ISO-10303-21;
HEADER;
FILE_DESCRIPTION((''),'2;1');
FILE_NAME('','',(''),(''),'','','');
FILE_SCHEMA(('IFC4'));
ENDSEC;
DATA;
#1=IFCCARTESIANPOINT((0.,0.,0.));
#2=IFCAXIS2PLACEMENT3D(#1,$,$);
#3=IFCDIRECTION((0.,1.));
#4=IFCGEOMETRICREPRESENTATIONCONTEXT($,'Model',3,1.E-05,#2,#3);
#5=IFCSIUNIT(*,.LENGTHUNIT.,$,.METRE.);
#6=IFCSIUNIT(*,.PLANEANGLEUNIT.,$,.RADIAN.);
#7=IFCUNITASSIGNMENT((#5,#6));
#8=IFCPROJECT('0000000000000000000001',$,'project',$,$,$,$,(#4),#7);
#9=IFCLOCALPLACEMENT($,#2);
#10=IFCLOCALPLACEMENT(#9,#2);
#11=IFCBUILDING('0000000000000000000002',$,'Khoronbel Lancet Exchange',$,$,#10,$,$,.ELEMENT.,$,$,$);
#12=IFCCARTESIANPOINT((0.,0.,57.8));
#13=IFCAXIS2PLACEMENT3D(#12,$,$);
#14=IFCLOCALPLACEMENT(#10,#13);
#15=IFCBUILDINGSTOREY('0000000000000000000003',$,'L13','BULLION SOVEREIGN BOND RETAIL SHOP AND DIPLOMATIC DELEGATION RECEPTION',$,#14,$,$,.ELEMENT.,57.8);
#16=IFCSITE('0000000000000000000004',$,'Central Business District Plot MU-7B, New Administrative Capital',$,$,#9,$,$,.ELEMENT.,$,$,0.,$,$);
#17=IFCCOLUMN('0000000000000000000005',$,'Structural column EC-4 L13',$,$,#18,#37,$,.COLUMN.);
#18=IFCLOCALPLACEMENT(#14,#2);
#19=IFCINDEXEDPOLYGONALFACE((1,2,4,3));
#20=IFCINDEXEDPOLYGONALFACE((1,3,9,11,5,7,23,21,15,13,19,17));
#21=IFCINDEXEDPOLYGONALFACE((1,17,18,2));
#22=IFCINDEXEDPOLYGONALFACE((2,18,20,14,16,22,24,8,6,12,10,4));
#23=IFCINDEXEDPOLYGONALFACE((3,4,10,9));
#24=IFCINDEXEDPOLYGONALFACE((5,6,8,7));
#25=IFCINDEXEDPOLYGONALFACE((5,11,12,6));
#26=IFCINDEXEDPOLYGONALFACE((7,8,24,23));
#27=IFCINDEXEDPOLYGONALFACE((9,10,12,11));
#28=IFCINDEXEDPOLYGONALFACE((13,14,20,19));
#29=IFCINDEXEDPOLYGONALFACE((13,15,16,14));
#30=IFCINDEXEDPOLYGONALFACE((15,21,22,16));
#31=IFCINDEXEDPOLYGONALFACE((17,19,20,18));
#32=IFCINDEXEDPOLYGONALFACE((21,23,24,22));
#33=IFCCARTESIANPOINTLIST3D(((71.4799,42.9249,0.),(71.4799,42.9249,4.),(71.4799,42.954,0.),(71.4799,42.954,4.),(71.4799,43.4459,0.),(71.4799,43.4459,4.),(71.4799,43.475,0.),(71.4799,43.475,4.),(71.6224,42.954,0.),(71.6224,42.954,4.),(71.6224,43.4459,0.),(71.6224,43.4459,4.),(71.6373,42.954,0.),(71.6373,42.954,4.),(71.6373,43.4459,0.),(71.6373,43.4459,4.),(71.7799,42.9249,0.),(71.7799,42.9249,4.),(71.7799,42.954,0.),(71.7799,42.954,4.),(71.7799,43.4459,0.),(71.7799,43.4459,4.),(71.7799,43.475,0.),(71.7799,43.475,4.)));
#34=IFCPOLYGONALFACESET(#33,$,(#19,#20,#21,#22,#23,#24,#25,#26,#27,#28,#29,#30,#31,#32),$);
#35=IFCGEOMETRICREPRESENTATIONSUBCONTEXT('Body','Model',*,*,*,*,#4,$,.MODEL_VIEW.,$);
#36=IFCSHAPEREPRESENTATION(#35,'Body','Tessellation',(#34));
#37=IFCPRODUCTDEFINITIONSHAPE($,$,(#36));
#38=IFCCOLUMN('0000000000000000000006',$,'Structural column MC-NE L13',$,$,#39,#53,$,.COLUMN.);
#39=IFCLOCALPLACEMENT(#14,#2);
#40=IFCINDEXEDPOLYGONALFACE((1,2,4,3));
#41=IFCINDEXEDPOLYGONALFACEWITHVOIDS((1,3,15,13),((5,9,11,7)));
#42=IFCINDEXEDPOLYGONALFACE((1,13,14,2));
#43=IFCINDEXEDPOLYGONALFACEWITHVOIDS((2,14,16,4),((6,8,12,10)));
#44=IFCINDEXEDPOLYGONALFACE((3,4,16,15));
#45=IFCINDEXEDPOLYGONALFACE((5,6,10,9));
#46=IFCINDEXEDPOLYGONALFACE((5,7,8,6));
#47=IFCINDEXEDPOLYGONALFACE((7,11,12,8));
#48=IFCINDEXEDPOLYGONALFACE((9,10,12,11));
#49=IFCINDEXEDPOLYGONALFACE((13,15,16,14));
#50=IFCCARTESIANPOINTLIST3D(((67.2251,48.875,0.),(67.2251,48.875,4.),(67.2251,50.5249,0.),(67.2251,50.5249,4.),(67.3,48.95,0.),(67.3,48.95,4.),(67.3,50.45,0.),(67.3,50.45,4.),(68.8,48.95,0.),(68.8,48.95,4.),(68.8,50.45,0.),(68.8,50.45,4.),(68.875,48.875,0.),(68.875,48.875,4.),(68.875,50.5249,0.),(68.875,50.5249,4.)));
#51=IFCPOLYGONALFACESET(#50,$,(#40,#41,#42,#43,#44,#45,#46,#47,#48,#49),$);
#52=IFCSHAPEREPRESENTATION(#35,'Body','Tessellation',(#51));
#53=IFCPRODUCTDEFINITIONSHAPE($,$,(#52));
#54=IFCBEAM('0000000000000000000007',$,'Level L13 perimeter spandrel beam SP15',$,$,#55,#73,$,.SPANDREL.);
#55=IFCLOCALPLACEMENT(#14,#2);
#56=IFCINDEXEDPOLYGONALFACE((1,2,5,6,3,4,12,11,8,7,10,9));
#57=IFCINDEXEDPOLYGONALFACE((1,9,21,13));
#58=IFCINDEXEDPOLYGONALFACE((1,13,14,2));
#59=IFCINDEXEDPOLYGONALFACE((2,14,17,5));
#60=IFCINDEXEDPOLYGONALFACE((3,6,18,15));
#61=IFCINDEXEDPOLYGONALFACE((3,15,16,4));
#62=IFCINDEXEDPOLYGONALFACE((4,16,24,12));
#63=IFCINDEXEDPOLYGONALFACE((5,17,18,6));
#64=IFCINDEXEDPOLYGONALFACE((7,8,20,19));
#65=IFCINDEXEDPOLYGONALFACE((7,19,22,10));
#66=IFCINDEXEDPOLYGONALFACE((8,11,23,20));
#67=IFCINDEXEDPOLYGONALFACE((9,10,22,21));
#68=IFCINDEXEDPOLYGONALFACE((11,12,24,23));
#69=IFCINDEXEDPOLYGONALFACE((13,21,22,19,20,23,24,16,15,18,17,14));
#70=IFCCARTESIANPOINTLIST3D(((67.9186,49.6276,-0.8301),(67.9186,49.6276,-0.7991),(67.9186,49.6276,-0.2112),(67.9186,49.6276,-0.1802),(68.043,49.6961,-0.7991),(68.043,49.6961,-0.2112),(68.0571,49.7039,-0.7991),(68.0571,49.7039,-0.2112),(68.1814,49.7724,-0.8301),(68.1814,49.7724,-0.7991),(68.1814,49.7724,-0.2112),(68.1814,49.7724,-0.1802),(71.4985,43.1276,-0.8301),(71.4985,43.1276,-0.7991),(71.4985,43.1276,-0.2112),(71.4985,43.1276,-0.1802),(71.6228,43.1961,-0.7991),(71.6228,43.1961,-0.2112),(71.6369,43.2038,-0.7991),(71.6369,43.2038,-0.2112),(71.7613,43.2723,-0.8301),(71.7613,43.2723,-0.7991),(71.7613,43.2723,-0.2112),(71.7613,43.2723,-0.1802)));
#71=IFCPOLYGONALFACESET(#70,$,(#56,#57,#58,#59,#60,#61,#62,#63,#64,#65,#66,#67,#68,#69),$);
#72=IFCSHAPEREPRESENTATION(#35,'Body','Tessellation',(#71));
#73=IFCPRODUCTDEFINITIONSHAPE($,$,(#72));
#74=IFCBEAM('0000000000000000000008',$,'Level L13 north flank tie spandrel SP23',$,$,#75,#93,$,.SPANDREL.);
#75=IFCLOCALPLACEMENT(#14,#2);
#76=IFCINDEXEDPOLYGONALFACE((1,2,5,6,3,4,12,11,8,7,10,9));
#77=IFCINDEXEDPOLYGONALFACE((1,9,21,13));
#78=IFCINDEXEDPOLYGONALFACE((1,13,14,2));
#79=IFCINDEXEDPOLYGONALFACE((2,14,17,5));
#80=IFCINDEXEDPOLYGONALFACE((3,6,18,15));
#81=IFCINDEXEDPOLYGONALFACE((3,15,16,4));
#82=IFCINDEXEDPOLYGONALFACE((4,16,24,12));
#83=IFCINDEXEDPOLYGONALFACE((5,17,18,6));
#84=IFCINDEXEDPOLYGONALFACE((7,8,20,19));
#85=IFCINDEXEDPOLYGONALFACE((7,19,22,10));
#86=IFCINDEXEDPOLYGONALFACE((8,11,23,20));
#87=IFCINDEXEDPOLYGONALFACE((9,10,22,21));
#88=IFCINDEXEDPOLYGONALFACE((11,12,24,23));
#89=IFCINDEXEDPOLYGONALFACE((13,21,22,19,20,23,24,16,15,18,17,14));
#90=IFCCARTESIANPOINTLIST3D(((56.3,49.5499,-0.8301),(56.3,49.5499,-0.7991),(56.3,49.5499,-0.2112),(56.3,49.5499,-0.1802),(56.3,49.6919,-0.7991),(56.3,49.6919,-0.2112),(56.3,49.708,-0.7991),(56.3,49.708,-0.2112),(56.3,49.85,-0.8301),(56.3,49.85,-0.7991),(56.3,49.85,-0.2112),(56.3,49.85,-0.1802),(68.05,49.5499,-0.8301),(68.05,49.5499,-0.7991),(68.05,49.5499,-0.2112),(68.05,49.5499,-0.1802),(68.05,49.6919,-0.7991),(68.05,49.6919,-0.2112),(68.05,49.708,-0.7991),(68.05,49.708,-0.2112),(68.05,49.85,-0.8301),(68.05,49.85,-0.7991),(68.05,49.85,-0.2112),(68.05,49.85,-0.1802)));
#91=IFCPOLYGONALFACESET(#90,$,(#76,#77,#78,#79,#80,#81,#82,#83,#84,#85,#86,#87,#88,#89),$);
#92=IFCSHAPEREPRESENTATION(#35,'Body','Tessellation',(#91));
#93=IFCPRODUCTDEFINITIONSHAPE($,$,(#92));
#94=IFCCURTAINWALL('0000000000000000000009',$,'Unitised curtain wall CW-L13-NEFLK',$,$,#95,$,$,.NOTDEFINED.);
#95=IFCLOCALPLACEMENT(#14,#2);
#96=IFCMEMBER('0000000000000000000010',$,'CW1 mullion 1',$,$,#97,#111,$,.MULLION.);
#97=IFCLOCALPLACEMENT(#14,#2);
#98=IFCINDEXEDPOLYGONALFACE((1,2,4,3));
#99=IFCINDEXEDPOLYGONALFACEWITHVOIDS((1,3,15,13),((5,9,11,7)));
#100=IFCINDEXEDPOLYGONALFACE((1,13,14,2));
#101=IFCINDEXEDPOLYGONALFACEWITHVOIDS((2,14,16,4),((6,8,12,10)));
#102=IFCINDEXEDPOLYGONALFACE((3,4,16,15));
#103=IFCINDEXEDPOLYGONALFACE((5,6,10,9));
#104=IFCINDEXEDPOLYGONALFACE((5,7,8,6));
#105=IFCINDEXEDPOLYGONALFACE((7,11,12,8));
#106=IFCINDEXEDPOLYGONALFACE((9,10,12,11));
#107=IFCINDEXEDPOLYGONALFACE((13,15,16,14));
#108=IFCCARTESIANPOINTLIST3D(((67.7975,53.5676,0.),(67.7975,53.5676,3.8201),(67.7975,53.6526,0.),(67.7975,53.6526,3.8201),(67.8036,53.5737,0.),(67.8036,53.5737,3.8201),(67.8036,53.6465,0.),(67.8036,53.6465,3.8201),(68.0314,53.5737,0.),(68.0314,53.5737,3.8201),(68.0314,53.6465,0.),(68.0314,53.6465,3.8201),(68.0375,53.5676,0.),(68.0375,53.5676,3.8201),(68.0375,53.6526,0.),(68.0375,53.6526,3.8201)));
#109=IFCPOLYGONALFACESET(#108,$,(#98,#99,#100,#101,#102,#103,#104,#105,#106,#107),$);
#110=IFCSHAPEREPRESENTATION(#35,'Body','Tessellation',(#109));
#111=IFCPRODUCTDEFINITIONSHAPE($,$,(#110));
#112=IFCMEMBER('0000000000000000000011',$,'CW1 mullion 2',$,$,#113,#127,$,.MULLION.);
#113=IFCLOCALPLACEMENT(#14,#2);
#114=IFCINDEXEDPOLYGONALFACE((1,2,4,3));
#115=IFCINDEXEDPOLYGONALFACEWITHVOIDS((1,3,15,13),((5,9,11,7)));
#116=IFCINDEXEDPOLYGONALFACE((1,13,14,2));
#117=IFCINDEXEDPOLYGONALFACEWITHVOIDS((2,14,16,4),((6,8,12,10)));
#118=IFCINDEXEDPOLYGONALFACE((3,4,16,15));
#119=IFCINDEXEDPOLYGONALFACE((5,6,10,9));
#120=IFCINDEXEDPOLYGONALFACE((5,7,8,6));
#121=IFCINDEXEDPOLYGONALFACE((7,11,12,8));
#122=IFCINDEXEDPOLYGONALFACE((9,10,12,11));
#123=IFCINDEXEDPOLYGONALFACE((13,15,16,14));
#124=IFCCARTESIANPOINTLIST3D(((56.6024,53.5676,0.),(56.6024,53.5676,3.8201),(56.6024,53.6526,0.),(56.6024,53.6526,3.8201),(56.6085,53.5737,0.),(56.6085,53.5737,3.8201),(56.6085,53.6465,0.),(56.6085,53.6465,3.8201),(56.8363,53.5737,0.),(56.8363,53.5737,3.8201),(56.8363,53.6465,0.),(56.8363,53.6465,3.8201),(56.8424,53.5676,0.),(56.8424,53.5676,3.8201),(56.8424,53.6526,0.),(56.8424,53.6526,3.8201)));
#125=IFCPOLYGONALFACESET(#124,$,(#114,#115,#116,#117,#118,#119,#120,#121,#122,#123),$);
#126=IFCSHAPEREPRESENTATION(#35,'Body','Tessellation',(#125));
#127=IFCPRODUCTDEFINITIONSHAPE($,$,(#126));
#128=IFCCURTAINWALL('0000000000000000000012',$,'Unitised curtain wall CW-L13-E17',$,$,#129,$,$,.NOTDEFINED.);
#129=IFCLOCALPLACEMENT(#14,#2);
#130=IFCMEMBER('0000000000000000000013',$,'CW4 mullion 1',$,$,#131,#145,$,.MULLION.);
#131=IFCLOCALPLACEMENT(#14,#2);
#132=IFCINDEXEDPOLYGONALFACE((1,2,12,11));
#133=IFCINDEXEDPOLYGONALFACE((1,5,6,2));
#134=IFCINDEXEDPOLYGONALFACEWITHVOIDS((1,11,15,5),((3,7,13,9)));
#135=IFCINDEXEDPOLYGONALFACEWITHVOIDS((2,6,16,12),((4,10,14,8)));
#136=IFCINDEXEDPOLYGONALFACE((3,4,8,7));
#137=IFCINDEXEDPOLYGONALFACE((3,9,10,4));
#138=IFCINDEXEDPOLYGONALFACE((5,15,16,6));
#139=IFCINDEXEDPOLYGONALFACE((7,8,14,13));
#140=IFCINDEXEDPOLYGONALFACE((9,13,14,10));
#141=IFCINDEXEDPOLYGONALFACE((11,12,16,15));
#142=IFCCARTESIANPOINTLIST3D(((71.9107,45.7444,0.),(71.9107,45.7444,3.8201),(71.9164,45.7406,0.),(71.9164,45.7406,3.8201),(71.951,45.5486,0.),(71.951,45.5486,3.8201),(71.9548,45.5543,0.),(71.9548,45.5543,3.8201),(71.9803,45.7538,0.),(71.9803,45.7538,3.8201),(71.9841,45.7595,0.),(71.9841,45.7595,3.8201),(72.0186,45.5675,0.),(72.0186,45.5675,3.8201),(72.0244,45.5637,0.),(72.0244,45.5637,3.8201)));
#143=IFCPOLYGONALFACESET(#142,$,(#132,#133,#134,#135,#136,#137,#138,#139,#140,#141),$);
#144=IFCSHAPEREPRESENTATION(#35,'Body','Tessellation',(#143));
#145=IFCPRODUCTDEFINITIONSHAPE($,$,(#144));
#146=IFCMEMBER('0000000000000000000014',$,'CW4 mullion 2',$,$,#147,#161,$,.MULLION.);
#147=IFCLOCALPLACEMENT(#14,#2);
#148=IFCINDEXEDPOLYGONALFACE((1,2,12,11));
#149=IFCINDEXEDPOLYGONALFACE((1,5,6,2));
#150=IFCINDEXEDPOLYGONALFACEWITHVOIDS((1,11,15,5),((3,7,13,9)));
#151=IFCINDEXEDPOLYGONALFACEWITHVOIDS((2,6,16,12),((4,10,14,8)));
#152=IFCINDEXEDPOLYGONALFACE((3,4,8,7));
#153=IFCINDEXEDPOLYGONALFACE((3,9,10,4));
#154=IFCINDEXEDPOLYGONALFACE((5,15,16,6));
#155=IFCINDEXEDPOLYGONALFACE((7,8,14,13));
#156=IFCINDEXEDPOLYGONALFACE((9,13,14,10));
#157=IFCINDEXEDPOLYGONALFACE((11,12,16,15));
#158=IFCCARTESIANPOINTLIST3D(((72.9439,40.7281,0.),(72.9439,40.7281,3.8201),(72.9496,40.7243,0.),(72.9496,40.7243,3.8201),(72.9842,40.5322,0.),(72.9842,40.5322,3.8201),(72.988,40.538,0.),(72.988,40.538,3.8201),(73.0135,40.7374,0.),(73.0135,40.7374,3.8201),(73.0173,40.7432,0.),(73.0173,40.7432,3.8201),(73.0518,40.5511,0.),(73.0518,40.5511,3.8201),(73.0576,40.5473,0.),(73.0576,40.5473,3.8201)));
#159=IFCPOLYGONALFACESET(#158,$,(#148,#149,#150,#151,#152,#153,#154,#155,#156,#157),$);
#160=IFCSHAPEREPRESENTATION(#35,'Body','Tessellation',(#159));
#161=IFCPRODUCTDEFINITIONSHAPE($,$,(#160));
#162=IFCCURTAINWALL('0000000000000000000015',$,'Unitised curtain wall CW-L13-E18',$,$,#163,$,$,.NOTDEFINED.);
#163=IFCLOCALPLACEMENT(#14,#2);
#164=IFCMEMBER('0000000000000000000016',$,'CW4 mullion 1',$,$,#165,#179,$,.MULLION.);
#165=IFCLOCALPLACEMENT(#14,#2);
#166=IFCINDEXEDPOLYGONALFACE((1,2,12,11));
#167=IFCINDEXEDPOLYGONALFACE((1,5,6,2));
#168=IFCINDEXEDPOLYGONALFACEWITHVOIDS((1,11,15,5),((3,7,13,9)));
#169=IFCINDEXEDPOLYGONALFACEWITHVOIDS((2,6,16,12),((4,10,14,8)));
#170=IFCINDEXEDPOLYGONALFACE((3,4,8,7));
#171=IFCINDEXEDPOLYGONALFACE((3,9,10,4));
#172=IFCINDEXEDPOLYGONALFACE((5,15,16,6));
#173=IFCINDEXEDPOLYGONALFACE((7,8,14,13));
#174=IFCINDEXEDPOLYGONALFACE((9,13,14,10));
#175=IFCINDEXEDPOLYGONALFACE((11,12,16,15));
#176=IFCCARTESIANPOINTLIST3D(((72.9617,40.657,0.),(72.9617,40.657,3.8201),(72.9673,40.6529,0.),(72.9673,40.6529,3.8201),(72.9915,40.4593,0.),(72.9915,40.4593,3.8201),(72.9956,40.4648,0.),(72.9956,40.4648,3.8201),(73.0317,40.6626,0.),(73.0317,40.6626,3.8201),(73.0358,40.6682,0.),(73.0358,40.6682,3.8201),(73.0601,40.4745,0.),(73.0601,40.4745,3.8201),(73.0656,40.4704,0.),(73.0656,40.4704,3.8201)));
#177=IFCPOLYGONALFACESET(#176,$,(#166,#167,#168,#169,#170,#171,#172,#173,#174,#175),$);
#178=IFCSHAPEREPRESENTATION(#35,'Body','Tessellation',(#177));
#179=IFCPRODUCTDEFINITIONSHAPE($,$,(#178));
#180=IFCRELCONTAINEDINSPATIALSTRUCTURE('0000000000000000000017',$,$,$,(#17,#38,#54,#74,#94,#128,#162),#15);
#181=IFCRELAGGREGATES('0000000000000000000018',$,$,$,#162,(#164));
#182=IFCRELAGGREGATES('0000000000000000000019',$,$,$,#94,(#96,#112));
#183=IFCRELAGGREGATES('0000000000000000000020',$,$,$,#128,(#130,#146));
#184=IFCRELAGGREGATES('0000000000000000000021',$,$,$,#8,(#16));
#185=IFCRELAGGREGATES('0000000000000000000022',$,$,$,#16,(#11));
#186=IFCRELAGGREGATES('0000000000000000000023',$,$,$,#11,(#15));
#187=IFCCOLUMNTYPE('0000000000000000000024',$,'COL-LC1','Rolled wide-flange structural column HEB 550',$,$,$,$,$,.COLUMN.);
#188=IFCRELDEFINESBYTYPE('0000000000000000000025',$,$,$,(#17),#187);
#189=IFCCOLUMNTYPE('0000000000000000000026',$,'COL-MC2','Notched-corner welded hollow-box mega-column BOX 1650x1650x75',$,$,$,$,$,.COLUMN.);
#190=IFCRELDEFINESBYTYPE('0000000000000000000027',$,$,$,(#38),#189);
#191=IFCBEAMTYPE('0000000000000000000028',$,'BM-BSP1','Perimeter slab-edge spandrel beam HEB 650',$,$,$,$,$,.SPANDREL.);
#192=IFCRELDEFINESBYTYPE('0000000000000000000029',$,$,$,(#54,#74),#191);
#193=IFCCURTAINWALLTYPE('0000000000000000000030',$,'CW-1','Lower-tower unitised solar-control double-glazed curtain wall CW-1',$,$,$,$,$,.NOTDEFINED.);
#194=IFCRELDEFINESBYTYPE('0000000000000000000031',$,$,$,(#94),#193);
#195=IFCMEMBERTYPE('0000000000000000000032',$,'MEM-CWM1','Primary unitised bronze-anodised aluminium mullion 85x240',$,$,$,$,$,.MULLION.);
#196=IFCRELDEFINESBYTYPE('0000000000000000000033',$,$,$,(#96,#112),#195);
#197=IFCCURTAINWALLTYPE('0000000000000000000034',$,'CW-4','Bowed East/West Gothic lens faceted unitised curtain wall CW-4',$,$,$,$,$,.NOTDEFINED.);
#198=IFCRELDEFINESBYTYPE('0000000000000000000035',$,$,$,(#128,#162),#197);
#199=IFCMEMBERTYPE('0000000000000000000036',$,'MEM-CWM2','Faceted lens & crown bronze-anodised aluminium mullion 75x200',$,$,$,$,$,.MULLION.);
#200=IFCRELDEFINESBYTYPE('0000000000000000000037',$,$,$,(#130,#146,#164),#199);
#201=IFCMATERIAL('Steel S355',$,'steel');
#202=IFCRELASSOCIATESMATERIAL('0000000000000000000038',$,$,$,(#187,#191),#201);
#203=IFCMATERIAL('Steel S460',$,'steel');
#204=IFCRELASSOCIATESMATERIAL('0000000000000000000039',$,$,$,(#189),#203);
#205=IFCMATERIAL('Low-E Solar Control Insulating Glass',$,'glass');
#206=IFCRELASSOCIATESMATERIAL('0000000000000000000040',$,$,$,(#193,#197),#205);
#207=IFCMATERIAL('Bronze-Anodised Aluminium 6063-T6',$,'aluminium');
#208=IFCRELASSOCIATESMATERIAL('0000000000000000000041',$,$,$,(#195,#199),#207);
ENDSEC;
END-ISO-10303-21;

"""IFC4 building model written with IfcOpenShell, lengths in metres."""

from ifc_helpers import new_model, si_unit, direction, frame, origin, origin_2d, place, context, subcontext, project, spatial, hollow_rectangle, i_section, extrude, material, material_profile, profile_set, type_object, element, aggregate, save


model = new_model("IFC4")

# Units and contexts
model_context = context("Model", 3, precision=1e-05, world=origin(), true_north=direction((0.0, 1.0)))
body_context = subcontext(model_context, "Body", "Model", "MODEL_VIEW")
ifc_project = project(units=[si_unit("LENGTHUNIT", "METRE"), si_unit("PLANEANGLEUNIT", "RADIAN")], contexts=[model_context])

# Site, building, storey
site_placement = place(None, origin())
site = spatial("IfcSite", under=ifc_project, at=site_placement, Name="Central Business District Plot MU-7B, New Administrative Capital", CompositionType="ELEMENT", RefElevation=0.0)
building_placement = place(site_placement, origin())
building = spatial("IfcBuilding", under=site, at=building_placement, Name="Khoronbel Lancet Exchange", CompositionType="ELEMENT")
storey_placement = place(building_placement, frame((0.0, 0.0, 57.8)))
storey = spatial("IfcBuildingStorey", under=building, at=storey_placement, Name="L13", Description="BULLION SOVEREIGN BOND RETAIL SHOP AND DIPLOMATIC DELEGATION RECEPTION", CompositionType="ELEMENT", Elevation=57.8)

# Columns
ifc_material_1 = material(Name="Steel S355", Category="steel")
ifc_material_profile_1 = material_profile(ifc_material_1, i_section(OverallWidth=0.3, OverallDepth=0.55, WebThickness=0.0149, FlangeThickness=0.0291, at=origin_2d()), Name="HEB 550")
ifc_profile_set_1 = profile_set([ifc_material_profile_1], Name="Steel S355")
column_type_1 = type_object("IfcColumnType", Name="COL-LC1", Description="Rolled wide-flange structural column HEB 550", PredefinedType="COLUMN", material=ifc_profile_set_1)
column_1_placement = place(storey_placement, frame((71.6299, 43.2, 0.0), z_axis=(0.0, 0.0, 1.0), x_axis=(1.0, 0.0, 0.0)))
element("IfcColumn", 1, at=column_1_placement, inside=storey, type_object=column_type_1, Name="Structural column EC-4 L13", PredefinedType="COLUMN", context=body_context, shape_type="SweptSolid", body=[
    extrude(i_section(OverallWidth=0.3, OverallDepth=0.55, WebThickness=0.0149, FlangeThickness=0.0291, at=origin_2d()), origin(), (0.0, 0.0, 1.0), 4.0),
])
ifc_material_2 = material(Name="Steel S460", Category="steel")
ifc_material_profile_2 = material_profile(ifc_material_2, hollow_rectangle(XDim=1.6499, YDim=1.6499, WallThickness=0.075, at=origin_2d()), Name="BOX 1650x1650x75")
ifc_profile_set_2 = profile_set([ifc_material_profile_2], Name="Steel S460")
column_type_2 = type_object("IfcColumnType", Name="COL-MC2", Description="Notched-corner welded hollow-box mega-column BOX 1650x1650x75", PredefinedType="COLUMN", material=ifc_profile_set_2)
column_2_placement = place(storey_placement, frame((68.05, 49.7, 0.0), z_axis=(0.0, 0.0, 1.0), x_axis=(1.0, 0.0, 0.0)))
element("IfcColumn", 2, at=column_2_placement, inside=storey, type_object=column_type_2, Name="Structural column MC-NE L13", PredefinedType="COLUMN", context=body_context, shape_type="SweptSolid", body=[
    extrude(hollow_rectangle(XDim=1.6499, YDim=1.6499, WallThickness=0.075, at=origin_2d()), origin(), (0.0, 0.0, 1.0), 4.0),
])

# Beams
ifc_material_profile_3 = material_profile(ifc_material_1, i_section(OverallWidth=0.3, OverallDepth=0.6499, WebThickness=0.0161, FlangeThickness=0.031, at=origin_2d()), Name="HEB 650")
ifc_profile_set_3 = profile_set([ifc_material_profile_3], Name="Steel S355")
beam_type = type_object("IfcBeamType", Name="BM-BSP1", Description="Perimeter slab-edge spandrel beam HEB 650", PredefinedType="SPANDREL", material=ifc_profile_set_3)
beam_1_placement = place(storey_placement, frame((71.6299, 43.2, -0.5051), z_axis=(-0.482419, 0.875941, 0.0), x_axis=(-0.875941, -0.482419, 0.0)))
element("IfcBeam", 3, at=beam_1_placement, inside=storey, type_object=beam_type, Name="Level L13 perimeter spandrel beam SP15", PredefinedType="SPANDREL", context=body_context, shape_type="SweptSolid", body=[
    extrude(i_section(OverallWidth=0.3, OverallDepth=0.6499, WebThickness=0.0161, FlangeThickness=0.031, at=origin_2d()), origin(), (0.0, 0.0, 1.0), 7.4207),
])
beam_2_placement = place(storey_placement, frame((68.05, 49.7, -0.5051), z_axis=(-1.0, 0.0, 0.0), x_axis=(0.0, -1.0, 0.0)))
element("IfcBeam", 4, at=beam_2_placement, inside=storey, type_object=beam_type, Name="Level L13 north flank tie spandrel SP23", PredefinedType="SPANDREL", context=body_context, shape_type="SweptSolid", body=[
    extrude(i_section(OverallWidth=0.3, OverallDepth=0.6499, WebThickness=0.0161, FlangeThickness=0.031, at=origin_2d()), origin(), (0.0, 0.0, 1.0), 11.75),
])

# Curtain walls, members
ifc_material_3 = material(Name="Low-E Solar Control Insulating Glass", Category="glass")
curtain_wall_type_1 = type_object("IfcCurtainWallType", Name="CW-1", Description="Lower-tower unitised solar-control double-glazed curtain wall CW-1", PredefinedType="NOTDEFINED", material=ifc_material_3)
curtain_wall_1_placement = place(storey_placement, origin())
curtain_wall_1 = element("IfcCurtainWall", 5, at=curtain_wall_1_placement, inside=storey, type_object=curtain_wall_type_1, Name="Unitised curtain wall CW-L13-NEFLK", PredefinedType="NOTDEFINED")
ifc_material_4 = material(Name="Bronze-Anodised Aluminium 6063-T6", Category="aluminium")
ifc_material_profile_4 = material_profile(ifc_material_4, hollow_rectangle(XDim=0.085, YDim=0.24, WallThickness=0.0061, at=origin_2d()), Name="ALU MULLION 85x240")
ifc_profile_set_4 = profile_set([ifc_material_profile_4], Name="Bronze-Anodised Aluminium 6063-T6")
member_type_1 = type_object("IfcMemberType", Name="MEM-CWM1", Description="Primary unitised bronze-anodised aluminium mullion 85x240", PredefinedType="MULLION", material=ifc_profile_set_4)
member_1_placement = place(storey_placement, frame((67.9175, 53.6101, 0.0), z_axis=(0.0, 0.0, 1.0), x_axis=(0.0, -1.0, 0.0)))
member_1 = element("IfcMember", 6, at=member_1_placement, type_object=member_type_1, Name="CW1 mullion 1", PredefinedType="MULLION", context=body_context, shape_type="SweptSolid", body=[
    extrude(hollow_rectangle(XDim=0.085, YDim=0.24, WallThickness=0.0061, at=origin_2d()), origin(), (0.0, 0.0, 1.0), 3.8201),
])
member_2_placement = place(storey_placement, frame((56.7224, 53.6101, 0.0), z_axis=(0.0, 0.0, 1.0), x_axis=(0.0, -1.0, 0.0)))
member_2 = element("IfcMember", 7, at=member_2_placement, type_object=member_type_1, Name="CW1 mullion 2", PredefinedType="MULLION", context=body_context, shape_type="SweptSolid", body=[
    extrude(hollow_rectangle(XDim=0.085, YDim=0.24, WallThickness=0.0061, at=origin_2d()), origin(), (0.0, 0.0, 1.0), 3.8201),
])
curtain_wall_type_2 = type_object("IfcCurtainWallType", Name="CW-4", Description="Bowed East/West Gothic lens faceted unitised curtain wall CW-4", PredefinedType="NOTDEFINED", material=ifc_material_3)
curtain_wall_2_placement = place(storey_placement, origin())
curtain_wall_2 = element("IfcCurtainWall", 8, at=curtain_wall_2_placement, inside=storey, type_object=curtain_wall_type_2, Name="Unitised curtain wall CW-L13-E17", PredefinedType="NOTDEFINED")
ifc_material_profile_5 = material_profile(ifc_material_4, hollow_rectangle(XDim=0.075, YDim=0.2, WallThickness=0.0049, at=origin_2d()), Name="ALU MULLION 75x200")
ifc_profile_set_5 = profile_set([ifc_material_profile_5], Name="Bronze-Anodised Aluminium 6063-T6")
member_type_2 = type_object("IfcMemberType", Name="MEM-CWM2", Description="Faceted lens & crown bronze-anodised aluminium mullion 75x200", PredefinedType="MULLION", material=ifc_profile_set_5)
member_3_placement = place(storey_placement, frame((71.9675, 45.6541, 0.0), z_axis=(0.0, 0.0, 1.0), x_axis=(0.979446, 0.201705, 0.0)))
member_3 = element("IfcMember", 9, at=member_3_placement, type_object=member_type_2, Name="CW4 mullion 1", PredefinedType="MULLION", context=body_context, shape_type="SweptSolid", body=[
    extrude(hollow_rectangle(XDim=0.075, YDim=0.2, WallThickness=0.0049, at=origin_2d()), origin(), (0.0, 0.0, 1.0), 3.8201),
])
member_4_placement = place(storey_placement, frame((73.0007, 40.6377, 0.0), z_axis=(0.0, 0.0, 1.0), x_axis=(0.979446, 0.201705, 0.0)))
member_4 = element("IfcMember", 10, at=member_4_placement, type_object=member_type_2, Name="CW4 mullion 2", PredefinedType="MULLION", context=body_context, shape_type="SweptSolid", body=[
    extrude(hollow_rectangle(XDim=0.075, YDim=0.2, WallThickness=0.0049, at=origin_2d()), origin(), (0.0, 0.0, 1.0), 3.8201),
])

# Curtain wall, member
curtain_wall_3_placement = place(storey_placement, origin())
curtain_wall_3 = element("IfcCurtainWall", 11, at=curtain_wall_3_placement, inside=storey, type_object=curtain_wall_type_2, Name="Unitised curtain wall CW-L13-E18", PredefinedType="NOTDEFINED")
member_5_placement = place(storey_placement, frame((73.0137, 40.5637, 0.0), z_axis=(0.0, 0.0, 1.0), x_axis=(0.988825, 0.14908, 0.0)))
member_5 = element("IfcMember", 12, at=member_5_placement, type_object=member_type_2, Name="CW4 mullion 1", PredefinedType="MULLION", context=body_context, shape_type="SweptSolid", body=[
    extrude(hollow_rectangle(XDim=0.075, YDim=0.2, WallThickness=0.0049, at=origin_2d()), origin(), (0.0, 0.0, 1.0), 3.8201),
])

aggregate(curtain_wall_3, [member_5])

aggregate(curtain_wall_1, [member_1, member_2])
aggregate(curtain_wall_2, [member_3, member_4])

save(model, "model.ifc")
